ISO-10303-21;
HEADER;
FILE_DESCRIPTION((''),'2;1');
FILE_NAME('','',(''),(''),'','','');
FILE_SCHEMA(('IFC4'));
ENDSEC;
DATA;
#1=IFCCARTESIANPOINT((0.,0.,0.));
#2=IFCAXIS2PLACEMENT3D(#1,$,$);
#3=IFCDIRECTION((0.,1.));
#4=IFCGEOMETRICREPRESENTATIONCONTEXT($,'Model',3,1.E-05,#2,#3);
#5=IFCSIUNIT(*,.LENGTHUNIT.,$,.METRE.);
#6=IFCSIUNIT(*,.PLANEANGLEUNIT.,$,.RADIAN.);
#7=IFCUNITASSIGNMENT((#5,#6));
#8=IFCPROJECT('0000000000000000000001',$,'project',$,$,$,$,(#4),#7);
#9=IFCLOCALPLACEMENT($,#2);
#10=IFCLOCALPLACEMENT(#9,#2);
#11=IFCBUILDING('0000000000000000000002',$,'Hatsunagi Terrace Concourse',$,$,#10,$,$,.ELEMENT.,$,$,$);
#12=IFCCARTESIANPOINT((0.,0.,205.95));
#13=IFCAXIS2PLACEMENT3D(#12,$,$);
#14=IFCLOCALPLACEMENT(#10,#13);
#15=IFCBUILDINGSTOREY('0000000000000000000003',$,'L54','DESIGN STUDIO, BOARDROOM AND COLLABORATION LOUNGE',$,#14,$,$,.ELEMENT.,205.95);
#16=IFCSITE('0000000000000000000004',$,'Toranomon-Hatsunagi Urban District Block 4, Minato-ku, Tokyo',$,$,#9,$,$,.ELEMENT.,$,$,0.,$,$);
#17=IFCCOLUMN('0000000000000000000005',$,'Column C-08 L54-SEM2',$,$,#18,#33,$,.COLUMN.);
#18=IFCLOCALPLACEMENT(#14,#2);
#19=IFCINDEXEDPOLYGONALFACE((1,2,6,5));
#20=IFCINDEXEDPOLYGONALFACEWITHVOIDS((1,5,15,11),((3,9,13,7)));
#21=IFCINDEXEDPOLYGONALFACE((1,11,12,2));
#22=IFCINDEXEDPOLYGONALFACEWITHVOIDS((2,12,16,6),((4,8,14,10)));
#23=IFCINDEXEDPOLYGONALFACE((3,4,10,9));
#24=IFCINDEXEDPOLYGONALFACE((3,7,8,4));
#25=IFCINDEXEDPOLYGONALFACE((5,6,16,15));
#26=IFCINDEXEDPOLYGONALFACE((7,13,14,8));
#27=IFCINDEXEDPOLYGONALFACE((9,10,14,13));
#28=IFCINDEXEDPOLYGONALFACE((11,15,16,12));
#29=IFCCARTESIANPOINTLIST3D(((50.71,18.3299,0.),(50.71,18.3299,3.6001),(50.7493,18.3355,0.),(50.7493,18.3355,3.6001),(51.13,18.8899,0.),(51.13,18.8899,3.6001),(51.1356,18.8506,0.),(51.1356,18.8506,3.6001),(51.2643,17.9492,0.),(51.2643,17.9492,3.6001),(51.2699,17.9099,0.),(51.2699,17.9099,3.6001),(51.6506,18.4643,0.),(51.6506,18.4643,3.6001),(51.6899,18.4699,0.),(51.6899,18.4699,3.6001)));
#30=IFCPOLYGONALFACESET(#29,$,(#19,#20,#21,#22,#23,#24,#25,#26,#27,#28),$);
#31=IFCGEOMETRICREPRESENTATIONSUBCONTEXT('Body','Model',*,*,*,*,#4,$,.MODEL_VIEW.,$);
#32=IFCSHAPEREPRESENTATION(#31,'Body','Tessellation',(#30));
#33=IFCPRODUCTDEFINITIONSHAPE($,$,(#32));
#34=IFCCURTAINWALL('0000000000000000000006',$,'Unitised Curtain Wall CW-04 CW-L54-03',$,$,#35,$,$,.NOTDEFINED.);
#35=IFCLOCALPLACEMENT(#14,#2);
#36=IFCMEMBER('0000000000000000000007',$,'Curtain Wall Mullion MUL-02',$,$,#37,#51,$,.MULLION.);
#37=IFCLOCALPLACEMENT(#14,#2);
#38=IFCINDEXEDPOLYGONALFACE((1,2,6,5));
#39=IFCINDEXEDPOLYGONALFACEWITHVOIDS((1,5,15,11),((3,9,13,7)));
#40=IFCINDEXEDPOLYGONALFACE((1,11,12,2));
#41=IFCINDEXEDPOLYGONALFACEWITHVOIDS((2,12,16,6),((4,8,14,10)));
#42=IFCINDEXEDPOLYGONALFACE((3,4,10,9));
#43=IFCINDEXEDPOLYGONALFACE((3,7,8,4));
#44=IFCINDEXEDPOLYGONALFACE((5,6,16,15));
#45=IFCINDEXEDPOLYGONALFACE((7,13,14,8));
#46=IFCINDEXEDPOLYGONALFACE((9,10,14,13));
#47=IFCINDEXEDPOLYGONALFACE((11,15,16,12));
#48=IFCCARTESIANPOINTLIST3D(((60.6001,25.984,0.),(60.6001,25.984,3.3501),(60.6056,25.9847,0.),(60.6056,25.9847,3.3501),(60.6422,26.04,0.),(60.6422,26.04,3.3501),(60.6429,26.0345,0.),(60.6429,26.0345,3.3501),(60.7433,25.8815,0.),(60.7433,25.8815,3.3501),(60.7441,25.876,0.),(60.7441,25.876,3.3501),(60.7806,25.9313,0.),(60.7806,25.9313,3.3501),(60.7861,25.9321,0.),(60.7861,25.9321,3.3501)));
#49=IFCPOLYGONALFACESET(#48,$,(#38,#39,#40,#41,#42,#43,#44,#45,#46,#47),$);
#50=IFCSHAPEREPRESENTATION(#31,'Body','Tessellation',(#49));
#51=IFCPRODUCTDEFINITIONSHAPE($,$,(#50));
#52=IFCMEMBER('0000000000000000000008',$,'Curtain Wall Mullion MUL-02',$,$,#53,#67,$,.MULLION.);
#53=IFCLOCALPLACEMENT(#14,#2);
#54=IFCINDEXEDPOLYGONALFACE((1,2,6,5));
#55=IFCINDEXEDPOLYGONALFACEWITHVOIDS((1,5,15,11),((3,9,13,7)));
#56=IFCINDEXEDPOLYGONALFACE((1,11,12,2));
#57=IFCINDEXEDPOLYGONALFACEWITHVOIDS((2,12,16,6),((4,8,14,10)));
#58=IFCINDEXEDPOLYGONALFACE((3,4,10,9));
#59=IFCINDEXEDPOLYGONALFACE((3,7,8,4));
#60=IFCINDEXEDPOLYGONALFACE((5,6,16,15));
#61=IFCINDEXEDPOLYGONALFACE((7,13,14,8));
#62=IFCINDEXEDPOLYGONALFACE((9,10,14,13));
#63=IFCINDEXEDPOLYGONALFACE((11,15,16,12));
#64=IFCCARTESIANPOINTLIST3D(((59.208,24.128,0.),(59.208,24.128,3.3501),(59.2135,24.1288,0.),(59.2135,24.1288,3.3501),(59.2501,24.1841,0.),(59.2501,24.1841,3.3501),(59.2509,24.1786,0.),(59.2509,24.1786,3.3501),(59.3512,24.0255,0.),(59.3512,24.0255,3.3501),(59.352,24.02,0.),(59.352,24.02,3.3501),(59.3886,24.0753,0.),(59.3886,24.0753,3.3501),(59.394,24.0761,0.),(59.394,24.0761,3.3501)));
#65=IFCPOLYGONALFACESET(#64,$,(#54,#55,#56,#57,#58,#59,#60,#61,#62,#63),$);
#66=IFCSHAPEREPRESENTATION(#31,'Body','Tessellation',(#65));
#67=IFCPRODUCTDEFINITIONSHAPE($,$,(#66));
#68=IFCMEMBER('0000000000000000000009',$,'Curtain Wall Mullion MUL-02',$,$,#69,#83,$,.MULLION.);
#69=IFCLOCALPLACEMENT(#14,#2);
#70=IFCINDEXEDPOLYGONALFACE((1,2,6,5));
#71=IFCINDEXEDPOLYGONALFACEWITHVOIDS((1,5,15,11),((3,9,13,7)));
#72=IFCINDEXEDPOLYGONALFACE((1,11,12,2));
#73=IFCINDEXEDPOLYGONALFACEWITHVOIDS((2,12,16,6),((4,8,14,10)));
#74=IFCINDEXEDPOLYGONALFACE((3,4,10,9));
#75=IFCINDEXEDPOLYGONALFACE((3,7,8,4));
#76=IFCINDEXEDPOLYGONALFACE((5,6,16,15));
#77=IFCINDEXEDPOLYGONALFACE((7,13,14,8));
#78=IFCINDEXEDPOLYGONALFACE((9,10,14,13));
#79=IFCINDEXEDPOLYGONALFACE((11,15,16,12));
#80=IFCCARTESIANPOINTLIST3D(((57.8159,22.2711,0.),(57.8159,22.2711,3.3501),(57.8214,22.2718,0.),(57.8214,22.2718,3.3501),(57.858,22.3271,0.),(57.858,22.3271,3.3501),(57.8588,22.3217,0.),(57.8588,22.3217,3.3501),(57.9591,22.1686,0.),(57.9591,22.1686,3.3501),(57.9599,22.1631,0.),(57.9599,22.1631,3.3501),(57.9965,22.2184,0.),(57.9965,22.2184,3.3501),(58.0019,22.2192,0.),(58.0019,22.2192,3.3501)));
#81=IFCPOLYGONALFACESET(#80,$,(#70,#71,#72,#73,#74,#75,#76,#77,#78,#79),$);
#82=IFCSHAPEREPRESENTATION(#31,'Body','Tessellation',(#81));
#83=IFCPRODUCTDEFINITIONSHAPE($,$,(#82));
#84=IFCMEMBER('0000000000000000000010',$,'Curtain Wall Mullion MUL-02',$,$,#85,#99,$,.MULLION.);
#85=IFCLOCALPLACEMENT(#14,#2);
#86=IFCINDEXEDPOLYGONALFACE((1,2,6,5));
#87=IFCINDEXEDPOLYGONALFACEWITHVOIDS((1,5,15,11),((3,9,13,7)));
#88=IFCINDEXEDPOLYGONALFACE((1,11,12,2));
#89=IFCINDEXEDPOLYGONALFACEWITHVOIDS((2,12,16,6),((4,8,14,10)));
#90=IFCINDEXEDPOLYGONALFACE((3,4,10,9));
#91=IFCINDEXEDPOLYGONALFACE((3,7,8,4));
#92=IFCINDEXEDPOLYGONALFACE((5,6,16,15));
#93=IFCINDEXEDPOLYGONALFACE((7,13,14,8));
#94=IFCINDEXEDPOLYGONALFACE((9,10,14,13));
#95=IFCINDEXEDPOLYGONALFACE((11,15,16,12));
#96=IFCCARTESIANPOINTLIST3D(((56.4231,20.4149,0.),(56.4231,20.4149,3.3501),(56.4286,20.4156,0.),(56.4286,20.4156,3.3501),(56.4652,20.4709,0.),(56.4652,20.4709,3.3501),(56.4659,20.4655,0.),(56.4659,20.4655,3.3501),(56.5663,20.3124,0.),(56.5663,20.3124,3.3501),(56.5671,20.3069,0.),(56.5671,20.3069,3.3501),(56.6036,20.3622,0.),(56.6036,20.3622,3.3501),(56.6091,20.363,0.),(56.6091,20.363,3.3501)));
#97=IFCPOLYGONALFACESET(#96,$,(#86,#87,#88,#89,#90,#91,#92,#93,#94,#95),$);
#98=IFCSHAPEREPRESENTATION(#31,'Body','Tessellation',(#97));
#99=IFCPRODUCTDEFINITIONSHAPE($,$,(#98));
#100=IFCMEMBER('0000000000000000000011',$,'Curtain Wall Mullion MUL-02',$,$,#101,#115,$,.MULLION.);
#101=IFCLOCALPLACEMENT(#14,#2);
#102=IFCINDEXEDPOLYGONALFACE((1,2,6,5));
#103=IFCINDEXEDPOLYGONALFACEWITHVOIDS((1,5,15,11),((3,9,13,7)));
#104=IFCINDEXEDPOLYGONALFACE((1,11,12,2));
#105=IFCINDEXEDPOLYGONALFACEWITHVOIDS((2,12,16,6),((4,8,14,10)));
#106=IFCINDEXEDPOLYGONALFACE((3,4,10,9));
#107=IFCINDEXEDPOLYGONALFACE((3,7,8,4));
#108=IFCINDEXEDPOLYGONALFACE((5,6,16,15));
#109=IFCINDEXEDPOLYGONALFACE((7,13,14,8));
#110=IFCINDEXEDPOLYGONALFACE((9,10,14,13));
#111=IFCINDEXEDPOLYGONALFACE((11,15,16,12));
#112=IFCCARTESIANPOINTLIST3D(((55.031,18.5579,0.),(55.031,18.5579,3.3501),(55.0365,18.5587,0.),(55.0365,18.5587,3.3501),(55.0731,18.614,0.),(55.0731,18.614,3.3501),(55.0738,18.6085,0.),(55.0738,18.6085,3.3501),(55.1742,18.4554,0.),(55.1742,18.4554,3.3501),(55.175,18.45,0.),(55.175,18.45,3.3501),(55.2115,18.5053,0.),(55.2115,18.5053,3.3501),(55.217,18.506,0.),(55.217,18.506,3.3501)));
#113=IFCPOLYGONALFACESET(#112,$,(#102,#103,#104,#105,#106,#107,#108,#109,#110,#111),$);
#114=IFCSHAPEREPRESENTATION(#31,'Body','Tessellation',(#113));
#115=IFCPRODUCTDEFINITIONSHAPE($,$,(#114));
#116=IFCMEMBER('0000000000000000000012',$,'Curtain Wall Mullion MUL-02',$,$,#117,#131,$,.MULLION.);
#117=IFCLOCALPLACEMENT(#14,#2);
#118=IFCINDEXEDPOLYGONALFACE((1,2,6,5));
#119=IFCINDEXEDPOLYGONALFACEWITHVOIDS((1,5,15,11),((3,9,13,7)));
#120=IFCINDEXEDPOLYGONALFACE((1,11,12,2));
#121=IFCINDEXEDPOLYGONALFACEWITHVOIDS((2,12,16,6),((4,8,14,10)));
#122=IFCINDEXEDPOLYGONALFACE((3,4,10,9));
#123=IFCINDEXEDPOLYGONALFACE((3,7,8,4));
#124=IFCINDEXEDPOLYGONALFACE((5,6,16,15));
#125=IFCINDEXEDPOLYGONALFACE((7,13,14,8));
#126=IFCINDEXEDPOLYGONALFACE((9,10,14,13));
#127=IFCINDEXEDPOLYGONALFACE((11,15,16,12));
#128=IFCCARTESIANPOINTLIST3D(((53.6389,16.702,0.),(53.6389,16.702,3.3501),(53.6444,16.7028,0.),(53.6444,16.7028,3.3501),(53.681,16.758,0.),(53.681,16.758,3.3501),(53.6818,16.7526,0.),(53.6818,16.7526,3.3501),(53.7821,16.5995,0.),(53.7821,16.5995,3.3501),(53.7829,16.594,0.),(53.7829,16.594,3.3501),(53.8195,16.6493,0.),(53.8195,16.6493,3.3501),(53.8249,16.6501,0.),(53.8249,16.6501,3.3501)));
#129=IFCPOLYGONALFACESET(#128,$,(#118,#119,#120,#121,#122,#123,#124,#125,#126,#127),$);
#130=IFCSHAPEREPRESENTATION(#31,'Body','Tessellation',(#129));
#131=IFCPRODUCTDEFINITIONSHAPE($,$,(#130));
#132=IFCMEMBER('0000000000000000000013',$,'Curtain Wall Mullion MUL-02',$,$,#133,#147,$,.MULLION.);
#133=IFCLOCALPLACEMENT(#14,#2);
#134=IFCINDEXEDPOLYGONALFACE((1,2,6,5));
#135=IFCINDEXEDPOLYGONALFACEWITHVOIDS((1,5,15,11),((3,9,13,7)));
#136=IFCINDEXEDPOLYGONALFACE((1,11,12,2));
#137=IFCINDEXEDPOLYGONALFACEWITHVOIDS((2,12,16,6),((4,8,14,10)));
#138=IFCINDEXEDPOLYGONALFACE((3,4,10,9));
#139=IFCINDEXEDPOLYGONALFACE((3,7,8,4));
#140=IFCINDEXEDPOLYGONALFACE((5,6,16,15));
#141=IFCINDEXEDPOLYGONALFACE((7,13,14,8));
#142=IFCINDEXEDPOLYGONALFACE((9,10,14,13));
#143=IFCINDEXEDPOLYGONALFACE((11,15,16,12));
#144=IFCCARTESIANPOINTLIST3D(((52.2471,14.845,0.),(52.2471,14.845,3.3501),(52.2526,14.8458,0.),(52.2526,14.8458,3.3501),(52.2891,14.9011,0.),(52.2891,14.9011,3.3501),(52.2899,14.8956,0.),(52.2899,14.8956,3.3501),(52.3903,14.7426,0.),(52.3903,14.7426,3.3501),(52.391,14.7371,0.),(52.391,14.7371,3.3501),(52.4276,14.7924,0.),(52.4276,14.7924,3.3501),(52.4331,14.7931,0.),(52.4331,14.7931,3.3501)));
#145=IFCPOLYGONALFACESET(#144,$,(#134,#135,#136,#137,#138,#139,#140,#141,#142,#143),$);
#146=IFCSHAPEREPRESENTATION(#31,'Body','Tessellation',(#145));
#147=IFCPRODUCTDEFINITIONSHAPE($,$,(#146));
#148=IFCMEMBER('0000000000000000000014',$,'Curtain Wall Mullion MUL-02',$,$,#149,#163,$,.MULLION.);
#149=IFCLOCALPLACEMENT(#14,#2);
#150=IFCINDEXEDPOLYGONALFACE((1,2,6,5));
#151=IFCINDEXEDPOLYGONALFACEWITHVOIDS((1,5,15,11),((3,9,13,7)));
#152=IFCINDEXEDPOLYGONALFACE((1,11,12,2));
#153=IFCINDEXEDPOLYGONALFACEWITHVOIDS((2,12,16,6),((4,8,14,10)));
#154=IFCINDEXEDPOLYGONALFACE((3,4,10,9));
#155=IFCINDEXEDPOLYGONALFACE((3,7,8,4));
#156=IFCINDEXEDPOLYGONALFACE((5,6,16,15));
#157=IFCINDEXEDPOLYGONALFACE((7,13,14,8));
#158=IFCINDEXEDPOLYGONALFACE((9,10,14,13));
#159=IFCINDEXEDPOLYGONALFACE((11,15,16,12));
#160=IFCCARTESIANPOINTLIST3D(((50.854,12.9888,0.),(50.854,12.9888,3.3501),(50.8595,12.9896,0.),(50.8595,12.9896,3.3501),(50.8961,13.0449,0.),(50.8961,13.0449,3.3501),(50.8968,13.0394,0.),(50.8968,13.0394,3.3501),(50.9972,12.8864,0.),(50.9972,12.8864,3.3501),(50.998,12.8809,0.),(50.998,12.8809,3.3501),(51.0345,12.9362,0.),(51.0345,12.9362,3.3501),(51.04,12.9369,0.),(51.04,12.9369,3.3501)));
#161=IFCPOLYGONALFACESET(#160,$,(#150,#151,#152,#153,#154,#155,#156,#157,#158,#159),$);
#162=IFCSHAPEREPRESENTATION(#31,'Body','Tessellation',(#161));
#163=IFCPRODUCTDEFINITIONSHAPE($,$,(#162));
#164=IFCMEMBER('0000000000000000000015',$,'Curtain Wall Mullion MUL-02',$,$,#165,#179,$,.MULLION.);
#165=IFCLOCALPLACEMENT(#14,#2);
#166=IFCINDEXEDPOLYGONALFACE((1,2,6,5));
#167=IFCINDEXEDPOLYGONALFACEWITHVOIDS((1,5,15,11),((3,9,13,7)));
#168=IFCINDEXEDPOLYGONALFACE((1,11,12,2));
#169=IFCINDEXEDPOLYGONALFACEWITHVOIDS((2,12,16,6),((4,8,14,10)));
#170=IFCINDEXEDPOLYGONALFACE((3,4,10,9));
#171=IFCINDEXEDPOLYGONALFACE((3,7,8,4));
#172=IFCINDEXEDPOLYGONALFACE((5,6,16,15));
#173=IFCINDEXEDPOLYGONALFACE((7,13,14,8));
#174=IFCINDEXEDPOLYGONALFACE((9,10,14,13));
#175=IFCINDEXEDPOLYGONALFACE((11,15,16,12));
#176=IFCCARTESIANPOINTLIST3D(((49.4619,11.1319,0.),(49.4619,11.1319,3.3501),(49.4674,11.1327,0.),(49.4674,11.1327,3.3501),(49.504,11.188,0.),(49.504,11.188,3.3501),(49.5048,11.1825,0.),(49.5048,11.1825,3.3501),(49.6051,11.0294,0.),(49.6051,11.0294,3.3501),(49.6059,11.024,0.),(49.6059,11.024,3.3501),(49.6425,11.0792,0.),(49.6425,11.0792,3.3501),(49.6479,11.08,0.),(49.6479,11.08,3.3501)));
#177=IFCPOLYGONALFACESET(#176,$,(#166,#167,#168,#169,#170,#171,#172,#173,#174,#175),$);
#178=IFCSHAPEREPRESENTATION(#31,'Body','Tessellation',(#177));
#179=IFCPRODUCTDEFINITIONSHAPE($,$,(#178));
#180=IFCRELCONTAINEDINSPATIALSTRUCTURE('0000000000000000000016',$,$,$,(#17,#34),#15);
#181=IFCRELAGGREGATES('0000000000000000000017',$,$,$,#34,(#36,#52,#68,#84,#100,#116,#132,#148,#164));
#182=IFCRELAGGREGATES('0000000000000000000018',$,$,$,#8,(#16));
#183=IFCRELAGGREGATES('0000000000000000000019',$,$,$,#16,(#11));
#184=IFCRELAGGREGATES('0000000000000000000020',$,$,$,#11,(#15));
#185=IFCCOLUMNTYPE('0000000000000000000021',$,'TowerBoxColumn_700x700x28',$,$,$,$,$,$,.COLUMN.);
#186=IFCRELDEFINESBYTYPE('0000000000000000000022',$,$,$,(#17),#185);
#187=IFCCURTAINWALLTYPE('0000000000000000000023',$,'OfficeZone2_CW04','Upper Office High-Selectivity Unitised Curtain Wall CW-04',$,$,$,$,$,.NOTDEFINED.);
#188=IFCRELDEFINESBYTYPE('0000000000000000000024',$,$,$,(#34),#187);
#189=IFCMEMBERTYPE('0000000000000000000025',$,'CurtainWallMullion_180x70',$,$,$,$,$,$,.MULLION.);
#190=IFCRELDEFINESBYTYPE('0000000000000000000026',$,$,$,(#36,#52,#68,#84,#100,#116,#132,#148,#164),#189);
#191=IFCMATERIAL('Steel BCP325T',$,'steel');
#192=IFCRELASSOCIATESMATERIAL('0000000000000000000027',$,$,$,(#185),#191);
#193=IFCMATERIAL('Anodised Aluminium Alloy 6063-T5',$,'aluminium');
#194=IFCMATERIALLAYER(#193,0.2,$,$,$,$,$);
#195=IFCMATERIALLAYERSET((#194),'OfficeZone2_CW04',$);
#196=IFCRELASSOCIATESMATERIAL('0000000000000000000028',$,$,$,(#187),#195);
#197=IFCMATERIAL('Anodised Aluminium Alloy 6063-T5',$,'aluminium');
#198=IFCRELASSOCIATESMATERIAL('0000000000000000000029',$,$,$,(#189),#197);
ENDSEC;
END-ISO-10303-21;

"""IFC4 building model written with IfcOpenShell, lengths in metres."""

from ifc_helpers import new_model, si_unit, direction, frame, origin, origin_2d, place, context, subcontext, project, spatial, hollow_rectangle, extrude, material, layer, layer_set, material_profile, profile_set, type_object, element, aggregate, save


model = new_model("IFC4")

# Units and contexts
model_context = context("Model", 3, precision=1e-05, world=origin(), true_north=direction((0.0, 1.0)))
body_context = subcontext(model_context, "Body", "Model", "MODEL_VIEW")
ifc_project = project(units=[si_unit("LENGTHUNIT", "METRE"), si_unit("PLANEANGLEUNIT", "RADIAN")], contexts=[model_context])

# Site, building, storey
site_placement = place(None, origin())
site = spatial("IfcSite", under=ifc_project, at=site_placement, Name="Toranomon-Hatsunagi Urban District Block 4, Minato-ku, Tokyo", CompositionType="ELEMENT", RefElevation=0.0)
building_placement = place(site_placement, origin())
building = spatial("IfcBuilding", under=site, at=building_placement, Name="Hatsunagi Terrace Concourse", CompositionType="ELEMENT")
storey_placement = place(building_placement, frame((0.0, 0.0, 205.95)))
storey = spatial("IfcBuildingStorey", under=building, at=storey_placement, Name="L54", Description="DESIGN STUDIO, BOARDROOM AND COLLABORATION LOUNGE", CompositionType="ELEMENT", Elevation=205.95)

# Column
ifc_material_1 = material(Name="Steel BCP325T", Category="steel")
ifc_material_profile_1 = material_profile(ifc_material_1, hollow_rectangle(XDim=0.7, YDim=0.7, WallThickness=0.0281, at=origin_2d()), Name="BCP-700x700x28")
ifc_profile_set_1 = profile_set([ifc_material_profile_1], Name="Steel BCP325T")
column_type = type_object("IfcColumnType", Name="TowerBoxColumn_700x700x28", PredefinedType="COLUMN", material=ifc_profile_set_1)
column_placement = place(storey_placement, frame((51.2, 18.3999, 0.0), z_axis=(0.0, 0.0, 1.0), x_axis=(0.8, -0.6, 0.0)))
element("IfcColumn", 1, at=column_placement, inside=storey, type_object=column_type, Name="Column C-08 L54-SEM2", PredefinedType="COLUMN", context=body_context, shape_type="SweptSolid", body=[
    extrude(hollow_rectangle(XDim=0.7, YDim=0.7, WallThickness=0.0281, at=origin_2d()), origin(), (0.0, 0.0, 1.0), 3.6001),
])

# Curtain wall, members
ifc_material_2 = material(Name="Anodised Aluminium Alloy 6063-T5", Category="aluminium")
ifc_layer_1 = layer(ifc_material_2, 0.2)
ifc_layer_set_1 = layer_set([ifc_layer_1], Name="OfficeZone2_CW04")
curtain_wall_type = type_object("IfcCurtainWallType", Name="OfficeZone2_CW04", Description="Upper Office High-Selectivity Unitised Curtain Wall CW-04", PredefinedType="NOTDEFINED", material=ifc_layer_set_1)
curtain_wall_placement = place(storey_placement, origin())
curtain_wall = element("IfcCurtainWall", 2, at=curtain_wall_placement, inside=storey, type_object=curtain_wall_type, Name="Unitised Curtain Wall CW-04 CW-L54-03", PredefinedType="NOTDEFINED")
ifc_material_3 = material(Name="Anodised Aluminium Alloy 6063-T5", Category="aluminium")
ifc_material_profile_2 = material_profile(ifc_material_3, hollow_rectangle(XDim=0.0701, YDim=0.1799, WallThickness=0.0039, at=origin_2d()), Name="ALU-MUL-180x70x4")
ifc_profile_set_2 = profile_set([ifc_material_profile_2], Name="Anodised Aluminium Alloy 6063-T5")
member_type_1 = type_object("IfcMemberType", Name="CurtainWallMullion_180x70", PredefinedType="MULLION", material=ifc_profile_set_2)
member_1_placement = place(storey_placement, frame((60.6931, 25.958, 0.0), z_axis=(0.0, 0.0, 1.0), x_axis=(-0.599969, -0.800023, 0.0)))
member_1 = element("IfcMember", 3, at=member_1_placement, type_object=member_type_1, Name="Curtain Wall Mullion MUL-02", PredefinedType="MULLION", context=body_context, shape_type="SweptSolid", body=[
    extrude(hollow_rectangle(XDim=0.0701, YDim=0.1799, WallThickness=0.0039, at=origin_2d()), origin(), (0.0, 0.0, 1.0), 3.3501),
])
member_2_placement = place(storey_placement, frame((59.301, 24.1021, 0.0), z_axis=(0.0, 0.0, 1.0), x_axis=(-0.599969, -0.800023, 0.0)))
member_2 = element("IfcMember", 4, at=member_2_placement, type_object=member_type_1, Name="Curtain Wall Mullion MUL-02", PredefinedType="MULLION", context=body_context, shape_type="SweptSolid", body=[
    extrude(hollow_rectangle(XDim=0.0701, YDim=0.1799, WallThickness=0.0039, at=origin_2d()), origin(), (0.0, 0.0, 1.0), 3.3501),
])
member_3_placement = place(storey_placement, frame((57.9089, 22.2451, 0.0), z_axis=(0.0, 0.0, 1.0), x_axis=(-0.599969, -0.800023, 0.0)))
member_3 = element("IfcMember", 5, at=member_3_placement, type_object=member_type_1, Name="Curtain Wall Mullion MUL-02", PredefinedType="MULLION", context=body_context, shape_type="SweptSolid", body=[
    extrude(hollow_rectangle(XDim=0.0701, YDim=0.1799, WallThickness=0.0039, at=origin_2d()), origin(), (0.0, 0.0, 1.0), 3.3501),
])
member_4_placement = place(storey_placement, frame((56.5161, 20.3889, 0.0), z_axis=(0.0, 0.0, 1.0), x_axis=(-0.599969, -0.800023, 0.0)))
member_4 = element("IfcMember", 6, at=member_4_placement, type_object=member_type_1, Name="Curtain Wall Mullion MUL-02", PredefinedType="MULLION", context=body_context, shape_type="SweptSolid", body=[
    extrude(hollow_rectangle(XDim=0.0701, YDim=0.1799, WallThickness=0.0039, at=origin_2d()), origin(), (0.0, 0.0, 1.0), 3.3501),
])
member_5_placement = place(storey_placement, frame((55.124, 18.532, 0.0), z_axis=(0.0, 0.0, 1.0), x_axis=(-0.599969, -0.800023, 0.0)))
member_5 = element("IfcMember", 7, at=member_5_placement, type_object=member_type_1, Name="Curtain Wall Mullion MUL-02", PredefinedType="MULLION", context=body_context, shape_type="SweptSolid", body=[
    extrude(hollow_rectangle(XDim=0.0701, YDim=0.1799, WallThickness=0.0039, at=origin_2d()), origin(), (0.0, 0.0, 1.0), 3.3501),
])
member_6_placement = place(storey_placement, frame((53.7319, 16.676, 0.0), z_axis=(0.0, 0.0, 1.0), x_axis=(-0.599969, -0.800023, 0.0)))
member_6 = element("IfcMember", 8, at=member_6_placement, type_object=member_type_1, Name="Curtain Wall Mullion MUL-02", PredefinedType="MULLION", context=body_context, shape_type="SweptSolid", body=[
    extrude(hollow_rectangle(XDim=0.0701, YDim=0.1799, WallThickness=0.0039, at=origin_2d()), origin(), (0.0, 0.0, 1.0), 3.3501),
])
member_7_placement = place(storey_placement, frame((52.3401, 14.8191, 0.0), z_axis=(0.0, 0.0, 1.0), x_axis=(-0.599969, -0.800023, 0.0)))
member_7 = element("IfcMember", 9, at=member_7_placement, type_object=member_type_1, Name="Curtain Wall Mullion MUL-02", PredefinedType="MULLION", context=body_context, shape_type="SweptSolid", body=[
    extrude(hollow_rectangle(XDim=0.0701, YDim=0.1799, WallThickness=0.0039, at=origin_2d()), origin(), (0.0, 0.0, 1.0), 3.3501),
])
member_8_placement = place(storey_placement, frame((50.947, 12.9629, 0.0), z_axis=(0.0, 0.0, 1.0), x_axis=(-0.599969, -0.800023, 0.0)))
member_8 = element("IfcMember", 10, at=member_8_placement, type_object=member_type_1, Name="Curtain Wall Mullion MUL-02", PredefinedType="MULLION", context=body_context, shape_type="SweptSolid", body=[
    extrude(hollow_rectangle(XDim=0.0701, YDim=0.1799, WallThickness=0.0039, at=origin_2d()), origin(), (0.0, 0.0, 1.0), 3.3501),
])
member_9_placement = place(storey_placement, frame((49.5549, 11.106, 0.0), z_axis=(0.0, 0.0, 1.0), x_axis=(-0.599969, -0.800023, 0.0)))
member_9 = element("IfcMember", 11, at=member_9_placement, type_object=member_type_1, Name="Curtain Wall Mullion MUL-02", PredefinedType="MULLION", context=body_context, shape_type="SweptSolid", body=[
    extrude(hollow_rectangle(XDim=0.0701, YDim=0.1799, WallThickness=0.0039, at=origin_2d()), origin(), (0.0, 0.0, 1.0), 3.3501),
])

aggregate(curtain_wall, [member_1, member_2, member_3, member_4, member_5, member_6, member_7, member_8, member_9])

save(model, "model.ifc")
